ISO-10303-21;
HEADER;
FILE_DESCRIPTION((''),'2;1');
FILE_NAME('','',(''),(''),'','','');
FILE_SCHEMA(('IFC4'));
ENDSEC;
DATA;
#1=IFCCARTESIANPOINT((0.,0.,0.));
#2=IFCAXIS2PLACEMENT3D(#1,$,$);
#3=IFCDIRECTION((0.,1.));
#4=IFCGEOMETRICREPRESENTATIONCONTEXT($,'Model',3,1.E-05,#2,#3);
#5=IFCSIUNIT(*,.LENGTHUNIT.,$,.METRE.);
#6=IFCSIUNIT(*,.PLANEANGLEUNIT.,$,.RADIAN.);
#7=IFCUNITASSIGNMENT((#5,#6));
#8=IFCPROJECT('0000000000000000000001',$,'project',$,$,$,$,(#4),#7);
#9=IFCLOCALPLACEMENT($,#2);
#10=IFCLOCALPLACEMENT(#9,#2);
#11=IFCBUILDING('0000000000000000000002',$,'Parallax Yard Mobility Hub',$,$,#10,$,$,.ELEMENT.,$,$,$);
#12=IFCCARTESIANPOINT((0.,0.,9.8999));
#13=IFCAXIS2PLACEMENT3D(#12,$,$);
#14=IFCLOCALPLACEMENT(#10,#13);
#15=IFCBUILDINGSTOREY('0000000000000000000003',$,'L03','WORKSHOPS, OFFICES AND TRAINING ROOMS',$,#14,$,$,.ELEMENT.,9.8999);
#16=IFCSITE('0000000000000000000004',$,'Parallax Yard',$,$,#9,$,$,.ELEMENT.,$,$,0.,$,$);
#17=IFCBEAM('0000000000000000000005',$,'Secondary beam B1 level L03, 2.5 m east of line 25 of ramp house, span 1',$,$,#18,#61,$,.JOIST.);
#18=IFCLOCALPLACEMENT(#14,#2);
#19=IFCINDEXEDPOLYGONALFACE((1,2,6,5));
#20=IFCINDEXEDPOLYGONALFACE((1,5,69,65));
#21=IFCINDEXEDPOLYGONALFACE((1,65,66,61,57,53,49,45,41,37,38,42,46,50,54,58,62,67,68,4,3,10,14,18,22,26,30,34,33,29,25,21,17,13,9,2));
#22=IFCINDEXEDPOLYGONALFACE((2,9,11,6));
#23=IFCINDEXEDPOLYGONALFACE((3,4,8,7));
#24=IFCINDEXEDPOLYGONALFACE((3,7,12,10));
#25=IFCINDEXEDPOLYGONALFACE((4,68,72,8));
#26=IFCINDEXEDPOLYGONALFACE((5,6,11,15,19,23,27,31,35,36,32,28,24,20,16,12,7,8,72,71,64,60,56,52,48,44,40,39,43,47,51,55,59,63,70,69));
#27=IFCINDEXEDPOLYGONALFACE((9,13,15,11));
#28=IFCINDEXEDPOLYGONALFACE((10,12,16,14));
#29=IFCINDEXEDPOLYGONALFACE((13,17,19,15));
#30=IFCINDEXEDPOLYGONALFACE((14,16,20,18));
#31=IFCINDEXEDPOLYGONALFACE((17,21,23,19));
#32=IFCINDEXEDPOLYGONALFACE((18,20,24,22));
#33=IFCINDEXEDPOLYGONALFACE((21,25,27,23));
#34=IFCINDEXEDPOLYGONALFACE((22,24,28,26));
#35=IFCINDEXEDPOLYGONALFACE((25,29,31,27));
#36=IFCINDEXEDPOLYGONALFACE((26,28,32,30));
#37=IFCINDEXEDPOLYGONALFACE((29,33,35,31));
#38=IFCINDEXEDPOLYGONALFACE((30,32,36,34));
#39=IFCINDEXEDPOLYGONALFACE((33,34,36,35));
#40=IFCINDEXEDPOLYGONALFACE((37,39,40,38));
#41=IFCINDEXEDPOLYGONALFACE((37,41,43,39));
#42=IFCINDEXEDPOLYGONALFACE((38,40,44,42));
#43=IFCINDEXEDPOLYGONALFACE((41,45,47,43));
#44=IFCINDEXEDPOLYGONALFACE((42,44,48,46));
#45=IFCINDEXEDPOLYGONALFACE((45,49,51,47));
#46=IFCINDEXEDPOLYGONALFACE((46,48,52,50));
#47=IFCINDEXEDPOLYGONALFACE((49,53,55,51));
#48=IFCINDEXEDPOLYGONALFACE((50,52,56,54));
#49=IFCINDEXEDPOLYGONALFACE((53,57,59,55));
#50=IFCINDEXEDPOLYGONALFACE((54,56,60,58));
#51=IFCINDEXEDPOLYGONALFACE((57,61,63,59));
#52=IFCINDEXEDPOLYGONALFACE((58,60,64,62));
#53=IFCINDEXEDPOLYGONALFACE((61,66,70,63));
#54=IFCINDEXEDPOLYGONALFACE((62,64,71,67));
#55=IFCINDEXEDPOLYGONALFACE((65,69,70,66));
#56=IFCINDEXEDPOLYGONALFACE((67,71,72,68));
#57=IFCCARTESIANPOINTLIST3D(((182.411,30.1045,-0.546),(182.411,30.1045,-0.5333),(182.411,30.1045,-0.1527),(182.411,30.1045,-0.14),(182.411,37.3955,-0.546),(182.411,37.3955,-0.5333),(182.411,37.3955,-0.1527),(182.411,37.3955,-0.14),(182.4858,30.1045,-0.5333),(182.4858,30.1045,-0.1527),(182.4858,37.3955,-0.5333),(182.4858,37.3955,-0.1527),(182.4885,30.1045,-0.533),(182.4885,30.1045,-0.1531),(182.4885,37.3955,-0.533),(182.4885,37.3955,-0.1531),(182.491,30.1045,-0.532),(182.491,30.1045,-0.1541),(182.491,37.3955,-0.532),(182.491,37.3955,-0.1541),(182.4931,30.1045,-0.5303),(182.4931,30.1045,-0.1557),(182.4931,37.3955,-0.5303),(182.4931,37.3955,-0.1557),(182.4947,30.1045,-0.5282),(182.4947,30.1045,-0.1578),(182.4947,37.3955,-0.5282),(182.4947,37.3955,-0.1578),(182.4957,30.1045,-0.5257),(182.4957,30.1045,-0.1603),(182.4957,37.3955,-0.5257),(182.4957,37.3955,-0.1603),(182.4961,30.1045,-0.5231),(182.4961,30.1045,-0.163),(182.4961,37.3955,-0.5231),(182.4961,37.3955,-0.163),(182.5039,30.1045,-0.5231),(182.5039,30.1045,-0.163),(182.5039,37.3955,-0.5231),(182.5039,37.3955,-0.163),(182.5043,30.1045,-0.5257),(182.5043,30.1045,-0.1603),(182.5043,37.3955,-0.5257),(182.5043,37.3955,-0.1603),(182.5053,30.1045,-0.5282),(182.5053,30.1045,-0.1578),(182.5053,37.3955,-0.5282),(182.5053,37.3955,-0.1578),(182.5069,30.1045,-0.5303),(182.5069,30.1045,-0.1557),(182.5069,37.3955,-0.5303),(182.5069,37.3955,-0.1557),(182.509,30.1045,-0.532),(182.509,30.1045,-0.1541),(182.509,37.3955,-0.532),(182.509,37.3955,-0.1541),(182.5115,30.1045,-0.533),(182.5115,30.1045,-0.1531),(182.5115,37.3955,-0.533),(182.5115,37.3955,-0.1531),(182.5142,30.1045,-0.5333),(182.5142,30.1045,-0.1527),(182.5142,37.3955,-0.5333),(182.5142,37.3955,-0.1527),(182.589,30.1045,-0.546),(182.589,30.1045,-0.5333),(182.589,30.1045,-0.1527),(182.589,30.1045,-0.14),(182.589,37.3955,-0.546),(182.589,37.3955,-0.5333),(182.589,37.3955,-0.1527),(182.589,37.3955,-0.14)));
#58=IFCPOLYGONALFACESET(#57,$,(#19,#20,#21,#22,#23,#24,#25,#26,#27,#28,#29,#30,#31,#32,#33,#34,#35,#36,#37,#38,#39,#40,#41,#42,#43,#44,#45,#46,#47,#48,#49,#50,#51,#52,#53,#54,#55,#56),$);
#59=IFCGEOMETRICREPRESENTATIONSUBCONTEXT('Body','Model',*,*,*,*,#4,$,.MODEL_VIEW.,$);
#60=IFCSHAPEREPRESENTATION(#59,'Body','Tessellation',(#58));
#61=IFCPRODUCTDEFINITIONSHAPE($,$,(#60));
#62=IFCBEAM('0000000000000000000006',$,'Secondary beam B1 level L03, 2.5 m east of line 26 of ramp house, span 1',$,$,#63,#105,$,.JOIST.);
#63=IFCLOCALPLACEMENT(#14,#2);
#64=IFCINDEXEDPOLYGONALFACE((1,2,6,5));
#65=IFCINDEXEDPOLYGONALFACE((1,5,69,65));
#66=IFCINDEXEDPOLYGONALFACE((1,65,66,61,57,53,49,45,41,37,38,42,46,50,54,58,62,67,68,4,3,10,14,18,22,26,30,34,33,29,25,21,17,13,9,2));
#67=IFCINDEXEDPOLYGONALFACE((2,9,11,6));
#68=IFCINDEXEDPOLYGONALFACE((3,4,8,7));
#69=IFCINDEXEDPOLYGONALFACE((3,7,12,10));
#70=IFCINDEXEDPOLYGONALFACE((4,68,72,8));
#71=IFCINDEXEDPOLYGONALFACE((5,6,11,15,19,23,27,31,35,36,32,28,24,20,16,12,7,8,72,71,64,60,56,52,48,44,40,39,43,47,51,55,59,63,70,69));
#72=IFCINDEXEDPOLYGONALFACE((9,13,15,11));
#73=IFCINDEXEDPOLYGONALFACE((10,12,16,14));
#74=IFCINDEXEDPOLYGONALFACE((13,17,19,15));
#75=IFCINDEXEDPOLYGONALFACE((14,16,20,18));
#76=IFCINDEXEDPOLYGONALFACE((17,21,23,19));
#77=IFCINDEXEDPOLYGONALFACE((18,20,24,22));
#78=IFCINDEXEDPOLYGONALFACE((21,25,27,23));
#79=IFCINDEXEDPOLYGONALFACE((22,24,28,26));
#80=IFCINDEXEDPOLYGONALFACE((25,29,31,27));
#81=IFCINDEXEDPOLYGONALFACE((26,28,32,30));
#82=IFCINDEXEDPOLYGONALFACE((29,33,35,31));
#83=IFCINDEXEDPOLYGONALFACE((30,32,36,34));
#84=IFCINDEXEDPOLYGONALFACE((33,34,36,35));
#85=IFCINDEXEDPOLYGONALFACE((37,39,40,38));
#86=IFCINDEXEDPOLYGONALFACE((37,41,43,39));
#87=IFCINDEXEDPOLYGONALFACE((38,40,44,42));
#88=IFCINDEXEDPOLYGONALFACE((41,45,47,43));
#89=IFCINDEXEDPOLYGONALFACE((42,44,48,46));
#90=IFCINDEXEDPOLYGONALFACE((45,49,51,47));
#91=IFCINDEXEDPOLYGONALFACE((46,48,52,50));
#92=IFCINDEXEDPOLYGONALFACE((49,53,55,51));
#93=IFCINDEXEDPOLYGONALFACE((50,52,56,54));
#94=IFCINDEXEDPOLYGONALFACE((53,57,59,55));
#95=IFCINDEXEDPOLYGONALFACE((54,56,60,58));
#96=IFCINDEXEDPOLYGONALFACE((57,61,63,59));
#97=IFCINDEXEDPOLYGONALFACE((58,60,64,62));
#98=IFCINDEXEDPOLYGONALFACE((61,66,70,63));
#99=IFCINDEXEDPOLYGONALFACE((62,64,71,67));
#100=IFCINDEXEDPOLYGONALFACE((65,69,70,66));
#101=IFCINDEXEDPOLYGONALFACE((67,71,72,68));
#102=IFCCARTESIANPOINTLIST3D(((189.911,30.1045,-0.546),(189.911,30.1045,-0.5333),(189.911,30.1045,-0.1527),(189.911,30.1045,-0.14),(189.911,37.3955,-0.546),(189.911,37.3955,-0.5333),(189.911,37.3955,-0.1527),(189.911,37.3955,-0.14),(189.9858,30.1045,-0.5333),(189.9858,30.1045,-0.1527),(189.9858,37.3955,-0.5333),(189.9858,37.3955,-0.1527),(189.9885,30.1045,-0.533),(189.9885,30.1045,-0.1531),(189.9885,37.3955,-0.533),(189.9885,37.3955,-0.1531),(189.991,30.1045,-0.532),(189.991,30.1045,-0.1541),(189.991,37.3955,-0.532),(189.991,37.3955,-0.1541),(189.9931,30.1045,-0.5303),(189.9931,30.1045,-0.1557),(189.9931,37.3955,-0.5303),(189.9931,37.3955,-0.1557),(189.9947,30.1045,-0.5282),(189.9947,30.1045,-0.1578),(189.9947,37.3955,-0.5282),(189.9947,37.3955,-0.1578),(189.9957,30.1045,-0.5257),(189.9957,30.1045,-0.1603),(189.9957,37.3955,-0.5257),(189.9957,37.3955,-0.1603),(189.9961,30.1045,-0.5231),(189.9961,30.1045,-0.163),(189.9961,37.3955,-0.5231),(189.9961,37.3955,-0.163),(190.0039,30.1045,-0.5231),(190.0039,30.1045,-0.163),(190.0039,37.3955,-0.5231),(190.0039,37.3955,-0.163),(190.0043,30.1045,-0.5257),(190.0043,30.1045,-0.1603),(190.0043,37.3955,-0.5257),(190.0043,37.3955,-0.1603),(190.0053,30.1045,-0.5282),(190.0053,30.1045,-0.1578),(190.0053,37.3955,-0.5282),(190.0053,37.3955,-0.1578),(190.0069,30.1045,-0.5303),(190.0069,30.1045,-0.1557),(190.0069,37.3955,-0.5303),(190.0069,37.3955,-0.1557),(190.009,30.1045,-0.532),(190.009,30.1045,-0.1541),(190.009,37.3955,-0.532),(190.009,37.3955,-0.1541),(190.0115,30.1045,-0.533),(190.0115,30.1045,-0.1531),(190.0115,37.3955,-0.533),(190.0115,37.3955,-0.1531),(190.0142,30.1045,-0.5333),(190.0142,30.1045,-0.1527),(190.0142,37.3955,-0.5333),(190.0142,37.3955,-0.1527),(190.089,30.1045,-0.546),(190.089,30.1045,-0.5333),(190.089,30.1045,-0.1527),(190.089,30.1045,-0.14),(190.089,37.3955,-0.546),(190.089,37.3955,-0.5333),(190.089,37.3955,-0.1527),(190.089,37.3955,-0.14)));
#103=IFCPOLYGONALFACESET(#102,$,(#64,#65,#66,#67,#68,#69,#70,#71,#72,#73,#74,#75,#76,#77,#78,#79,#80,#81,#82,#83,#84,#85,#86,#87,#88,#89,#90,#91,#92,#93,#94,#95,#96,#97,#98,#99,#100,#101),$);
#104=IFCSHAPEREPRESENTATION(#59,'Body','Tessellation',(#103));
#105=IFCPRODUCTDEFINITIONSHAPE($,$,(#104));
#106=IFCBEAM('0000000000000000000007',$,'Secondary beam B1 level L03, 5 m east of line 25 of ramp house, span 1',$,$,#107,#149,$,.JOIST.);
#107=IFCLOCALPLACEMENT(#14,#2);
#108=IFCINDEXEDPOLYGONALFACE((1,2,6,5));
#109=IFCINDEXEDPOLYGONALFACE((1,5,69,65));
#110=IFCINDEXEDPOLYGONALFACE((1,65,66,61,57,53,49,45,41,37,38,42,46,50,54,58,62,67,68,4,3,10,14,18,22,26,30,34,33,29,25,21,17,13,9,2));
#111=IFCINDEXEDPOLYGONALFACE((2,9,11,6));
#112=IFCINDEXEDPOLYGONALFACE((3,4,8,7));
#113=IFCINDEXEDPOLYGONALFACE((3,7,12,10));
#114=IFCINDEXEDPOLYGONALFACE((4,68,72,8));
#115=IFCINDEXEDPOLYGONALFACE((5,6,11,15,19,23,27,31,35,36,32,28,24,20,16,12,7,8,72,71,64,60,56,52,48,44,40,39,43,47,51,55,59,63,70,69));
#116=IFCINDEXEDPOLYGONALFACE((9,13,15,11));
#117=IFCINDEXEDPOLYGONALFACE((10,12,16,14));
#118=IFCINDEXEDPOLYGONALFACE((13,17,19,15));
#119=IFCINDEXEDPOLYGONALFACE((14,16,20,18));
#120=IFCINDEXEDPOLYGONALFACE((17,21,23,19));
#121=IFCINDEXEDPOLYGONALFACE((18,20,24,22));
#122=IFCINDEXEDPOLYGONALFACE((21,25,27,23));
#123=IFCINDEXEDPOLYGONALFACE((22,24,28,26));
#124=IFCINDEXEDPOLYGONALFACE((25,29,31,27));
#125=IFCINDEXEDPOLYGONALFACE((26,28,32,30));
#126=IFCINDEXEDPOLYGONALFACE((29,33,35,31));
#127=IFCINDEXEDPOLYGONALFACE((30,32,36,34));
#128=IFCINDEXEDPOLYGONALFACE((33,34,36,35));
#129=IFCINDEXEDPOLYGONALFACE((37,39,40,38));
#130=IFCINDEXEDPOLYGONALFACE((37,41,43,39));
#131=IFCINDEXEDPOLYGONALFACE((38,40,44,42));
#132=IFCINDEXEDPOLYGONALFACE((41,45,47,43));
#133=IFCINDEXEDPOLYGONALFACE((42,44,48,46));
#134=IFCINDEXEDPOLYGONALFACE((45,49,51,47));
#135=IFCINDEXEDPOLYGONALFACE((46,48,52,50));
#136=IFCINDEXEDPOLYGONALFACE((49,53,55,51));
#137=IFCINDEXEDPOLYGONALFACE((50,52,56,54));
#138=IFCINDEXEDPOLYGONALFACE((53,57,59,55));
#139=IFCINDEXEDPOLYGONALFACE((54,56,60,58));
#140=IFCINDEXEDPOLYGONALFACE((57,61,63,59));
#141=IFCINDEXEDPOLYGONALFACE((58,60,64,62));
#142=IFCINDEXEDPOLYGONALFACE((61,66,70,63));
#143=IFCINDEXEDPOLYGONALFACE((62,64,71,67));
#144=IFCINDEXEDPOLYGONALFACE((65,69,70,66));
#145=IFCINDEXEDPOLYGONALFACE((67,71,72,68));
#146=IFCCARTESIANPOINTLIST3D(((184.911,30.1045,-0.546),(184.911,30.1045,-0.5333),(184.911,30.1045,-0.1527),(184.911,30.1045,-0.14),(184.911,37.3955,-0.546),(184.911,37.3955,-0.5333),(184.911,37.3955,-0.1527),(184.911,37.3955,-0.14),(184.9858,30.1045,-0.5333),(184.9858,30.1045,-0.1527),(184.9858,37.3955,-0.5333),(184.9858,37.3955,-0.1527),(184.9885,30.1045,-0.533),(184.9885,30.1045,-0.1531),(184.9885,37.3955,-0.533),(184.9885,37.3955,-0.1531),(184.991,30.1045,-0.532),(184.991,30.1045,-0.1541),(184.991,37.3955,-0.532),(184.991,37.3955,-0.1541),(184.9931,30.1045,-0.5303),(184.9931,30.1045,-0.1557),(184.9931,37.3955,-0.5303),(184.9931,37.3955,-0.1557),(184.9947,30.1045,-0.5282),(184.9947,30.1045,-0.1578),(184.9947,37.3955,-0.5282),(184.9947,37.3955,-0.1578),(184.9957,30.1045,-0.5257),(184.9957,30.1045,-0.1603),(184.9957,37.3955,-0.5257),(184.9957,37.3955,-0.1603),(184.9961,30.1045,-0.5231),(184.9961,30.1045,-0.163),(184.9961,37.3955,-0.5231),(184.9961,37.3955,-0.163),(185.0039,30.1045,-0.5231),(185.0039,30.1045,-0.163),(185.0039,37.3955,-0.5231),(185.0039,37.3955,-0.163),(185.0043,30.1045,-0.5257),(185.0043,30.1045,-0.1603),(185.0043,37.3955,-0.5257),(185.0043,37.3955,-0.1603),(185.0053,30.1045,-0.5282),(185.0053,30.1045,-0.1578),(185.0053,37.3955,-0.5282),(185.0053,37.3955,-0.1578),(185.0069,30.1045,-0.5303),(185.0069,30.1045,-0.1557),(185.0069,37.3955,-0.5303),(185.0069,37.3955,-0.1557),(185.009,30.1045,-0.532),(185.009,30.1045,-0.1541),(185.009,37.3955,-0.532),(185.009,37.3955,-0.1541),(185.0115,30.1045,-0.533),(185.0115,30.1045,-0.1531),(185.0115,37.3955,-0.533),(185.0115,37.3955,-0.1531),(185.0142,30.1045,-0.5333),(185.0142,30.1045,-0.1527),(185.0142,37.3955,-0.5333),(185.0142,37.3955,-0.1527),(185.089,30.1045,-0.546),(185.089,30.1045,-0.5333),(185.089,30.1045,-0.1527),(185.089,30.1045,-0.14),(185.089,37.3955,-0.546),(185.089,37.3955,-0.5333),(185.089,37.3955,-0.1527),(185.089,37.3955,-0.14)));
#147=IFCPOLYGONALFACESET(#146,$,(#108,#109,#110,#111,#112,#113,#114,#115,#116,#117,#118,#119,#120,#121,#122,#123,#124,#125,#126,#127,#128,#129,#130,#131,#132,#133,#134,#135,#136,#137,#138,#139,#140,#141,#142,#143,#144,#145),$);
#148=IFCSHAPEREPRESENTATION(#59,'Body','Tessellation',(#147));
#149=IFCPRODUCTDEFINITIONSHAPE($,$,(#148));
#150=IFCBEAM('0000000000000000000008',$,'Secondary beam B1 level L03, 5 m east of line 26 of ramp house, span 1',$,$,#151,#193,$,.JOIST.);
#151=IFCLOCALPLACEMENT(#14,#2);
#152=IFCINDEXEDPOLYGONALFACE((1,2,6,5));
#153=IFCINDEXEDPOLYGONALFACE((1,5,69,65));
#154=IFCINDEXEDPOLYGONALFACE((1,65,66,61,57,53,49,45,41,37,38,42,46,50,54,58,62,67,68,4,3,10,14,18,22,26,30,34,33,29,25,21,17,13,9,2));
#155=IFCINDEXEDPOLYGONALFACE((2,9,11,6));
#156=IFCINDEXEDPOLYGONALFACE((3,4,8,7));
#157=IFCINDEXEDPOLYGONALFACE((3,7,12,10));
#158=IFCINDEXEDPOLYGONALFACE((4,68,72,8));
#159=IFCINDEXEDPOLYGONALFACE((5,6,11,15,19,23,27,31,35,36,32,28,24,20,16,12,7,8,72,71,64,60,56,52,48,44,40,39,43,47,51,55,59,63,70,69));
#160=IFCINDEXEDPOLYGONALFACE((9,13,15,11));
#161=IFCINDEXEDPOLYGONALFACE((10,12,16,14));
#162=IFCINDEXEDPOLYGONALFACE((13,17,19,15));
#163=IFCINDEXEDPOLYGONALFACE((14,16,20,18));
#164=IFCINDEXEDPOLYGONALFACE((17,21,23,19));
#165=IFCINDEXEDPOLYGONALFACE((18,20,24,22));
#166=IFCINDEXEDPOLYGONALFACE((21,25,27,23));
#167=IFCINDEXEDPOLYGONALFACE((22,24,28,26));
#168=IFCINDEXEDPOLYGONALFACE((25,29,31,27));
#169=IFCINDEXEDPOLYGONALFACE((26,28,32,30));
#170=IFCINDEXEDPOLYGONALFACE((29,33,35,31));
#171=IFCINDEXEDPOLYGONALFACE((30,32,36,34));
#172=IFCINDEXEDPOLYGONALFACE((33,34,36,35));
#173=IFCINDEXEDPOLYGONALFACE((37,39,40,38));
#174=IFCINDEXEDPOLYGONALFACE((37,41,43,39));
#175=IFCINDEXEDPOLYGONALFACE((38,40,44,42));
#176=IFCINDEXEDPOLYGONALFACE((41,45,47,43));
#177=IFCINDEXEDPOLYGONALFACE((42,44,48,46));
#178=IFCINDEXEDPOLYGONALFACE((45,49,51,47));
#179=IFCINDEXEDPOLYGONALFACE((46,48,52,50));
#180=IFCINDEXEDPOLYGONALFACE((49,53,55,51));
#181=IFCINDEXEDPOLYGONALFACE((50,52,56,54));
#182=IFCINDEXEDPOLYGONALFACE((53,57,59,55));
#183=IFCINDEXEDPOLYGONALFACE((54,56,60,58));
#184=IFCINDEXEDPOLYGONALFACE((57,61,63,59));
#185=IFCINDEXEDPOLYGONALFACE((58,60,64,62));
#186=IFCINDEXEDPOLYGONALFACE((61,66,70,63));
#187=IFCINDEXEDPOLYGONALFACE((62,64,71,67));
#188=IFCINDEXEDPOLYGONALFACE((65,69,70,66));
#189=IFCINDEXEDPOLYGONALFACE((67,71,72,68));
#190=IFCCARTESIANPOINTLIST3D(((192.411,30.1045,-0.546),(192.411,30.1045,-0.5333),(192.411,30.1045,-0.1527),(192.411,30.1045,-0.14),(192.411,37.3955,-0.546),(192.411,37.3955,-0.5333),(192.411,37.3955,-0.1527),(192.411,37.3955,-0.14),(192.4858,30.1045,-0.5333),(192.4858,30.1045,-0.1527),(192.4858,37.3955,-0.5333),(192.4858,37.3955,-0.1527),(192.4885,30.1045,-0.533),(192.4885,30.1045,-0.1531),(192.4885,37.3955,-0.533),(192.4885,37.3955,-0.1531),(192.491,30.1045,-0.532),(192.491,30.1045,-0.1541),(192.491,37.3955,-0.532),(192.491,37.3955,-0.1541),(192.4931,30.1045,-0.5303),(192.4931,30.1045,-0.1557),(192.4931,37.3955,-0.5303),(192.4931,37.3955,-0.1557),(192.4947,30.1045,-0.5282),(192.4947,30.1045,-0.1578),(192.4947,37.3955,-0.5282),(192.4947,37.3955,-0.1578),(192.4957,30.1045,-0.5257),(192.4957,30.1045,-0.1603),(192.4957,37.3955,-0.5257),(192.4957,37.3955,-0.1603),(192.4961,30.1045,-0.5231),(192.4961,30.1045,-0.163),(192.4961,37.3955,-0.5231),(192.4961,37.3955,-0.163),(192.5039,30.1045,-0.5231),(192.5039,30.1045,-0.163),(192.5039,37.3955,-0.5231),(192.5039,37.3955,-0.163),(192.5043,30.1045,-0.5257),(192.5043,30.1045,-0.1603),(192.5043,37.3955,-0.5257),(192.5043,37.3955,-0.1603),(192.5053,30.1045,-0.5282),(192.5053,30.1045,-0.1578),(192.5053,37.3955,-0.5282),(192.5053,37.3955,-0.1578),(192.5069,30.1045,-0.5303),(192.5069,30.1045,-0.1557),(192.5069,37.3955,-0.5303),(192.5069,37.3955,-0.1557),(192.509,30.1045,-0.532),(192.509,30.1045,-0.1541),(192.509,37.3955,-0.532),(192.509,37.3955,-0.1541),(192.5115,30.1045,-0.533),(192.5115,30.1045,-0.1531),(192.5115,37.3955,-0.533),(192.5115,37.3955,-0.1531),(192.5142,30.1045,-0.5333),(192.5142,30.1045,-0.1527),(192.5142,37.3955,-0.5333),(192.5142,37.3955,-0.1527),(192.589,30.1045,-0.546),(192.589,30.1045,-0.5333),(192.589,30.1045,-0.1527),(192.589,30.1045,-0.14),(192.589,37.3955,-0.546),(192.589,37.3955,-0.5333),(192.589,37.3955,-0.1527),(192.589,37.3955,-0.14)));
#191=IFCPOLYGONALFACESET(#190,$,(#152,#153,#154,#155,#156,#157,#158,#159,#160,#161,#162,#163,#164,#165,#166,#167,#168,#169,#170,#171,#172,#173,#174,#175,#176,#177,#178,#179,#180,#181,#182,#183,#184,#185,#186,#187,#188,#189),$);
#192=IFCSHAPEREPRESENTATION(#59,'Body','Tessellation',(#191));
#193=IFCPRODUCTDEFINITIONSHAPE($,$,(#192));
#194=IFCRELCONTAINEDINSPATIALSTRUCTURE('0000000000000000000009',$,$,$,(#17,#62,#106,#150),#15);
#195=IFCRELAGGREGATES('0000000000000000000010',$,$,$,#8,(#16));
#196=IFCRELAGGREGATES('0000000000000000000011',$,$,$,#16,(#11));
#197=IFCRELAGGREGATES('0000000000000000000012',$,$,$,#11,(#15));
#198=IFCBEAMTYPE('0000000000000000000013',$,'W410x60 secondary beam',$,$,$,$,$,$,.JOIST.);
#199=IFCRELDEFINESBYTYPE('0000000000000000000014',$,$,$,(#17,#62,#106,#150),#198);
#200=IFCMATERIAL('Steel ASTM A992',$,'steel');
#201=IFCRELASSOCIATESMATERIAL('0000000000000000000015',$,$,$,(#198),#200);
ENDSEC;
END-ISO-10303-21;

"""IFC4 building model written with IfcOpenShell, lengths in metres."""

from ifc_helpers import new_model, si_unit, direction, frame, origin, origin_2d, place, context, subcontext, project, spatial, i_section, extrude, material, material_profile, profile_set, type_object, element, save


model = new_model("IFC4")

# Units and contexts
model_context = context("Model", 3, precision=1e-05, world=origin(), true_north=direction((0.0, 1.0)))
body_context = subcontext(model_context, "Body", "Model", "MODEL_VIEW")
ifc_project = project(units=[si_unit("LENGTHUNIT", "METRE"), si_unit("PLANEANGLEUNIT", "RADIAN")], contexts=[model_context])

# Site, building, storey
site_placement = place(None, origin())
site = spatial("IfcSite", under=ifc_project, at=site_placement, Name="Parallax Yard", CompositionType="ELEMENT", RefElevation=0.0)
building_placement = place(site_placement, origin())
building = spatial("IfcBuilding", under=site, at=building_placement, Name="Parallax Yard Mobility Hub", CompositionType="ELEMENT")
storey_placement = place(building_placement, frame((0.0, 0.0, 9.8999)))
storey = spatial("IfcBuildingStorey", under=building, at=storey_placement, Name="L03", Description="WORKSHOPS, OFFICES AND TRAINING ROOMS", CompositionType="ELEMENT", Elevation=9.8999)

# Shared definitions
ifc_material_1 = material(Name="Steel ASTM A992", Category="steel")

# Beams
ifc_material_profile_1 = material_profile(ifc_material_1, i_section(OverallWidth=0.178, OverallDepth=0.406, WebThickness=0.0078, FlangeThickness=0.0127, FilletRadius=0.0103, at=origin_2d()), Name="W410x60")
ifc_profile_set_1 = profile_set([ifc_material_profile_1], Name="Steel ASTM A992")
beam_type_1 = type_object("IfcBeamType", Name="W410x60 secondary beam", PredefinedType="JOIST", material=ifc_profile_set_1)
for number, where, z_axis, x_axis, name in (
    (1, (182.5, 30.1045, -0.343), (0.0, 1.0, 0.0), (-1.0, 0.0, 0.0), "Secondary beam B1 level L03, 2.5 m east of line 25 of ramp house, span 1"),
    (2, (190.0, 30.1045, -0.343), (0.0, 1.0, 0.0), (-1.0, 0.0, 0.0), "Secondary beam B1 level L03, 2.5 m east of line 26 of ramp house, span 1"),
    (3, (185.0, 30.1045, -0.343), (0.0, 1.0, 0.0), (-1.0, 0.0, 0.0), "Secondary beam B1 level L03, 5 m east of line 25 of ramp house, span 1"),
    (4, (192.5, 30.1045, -0.343), (0.0, 1.0, 0.0), (-1.0, 0.0, 0.0), "Secondary beam B1 level L03, 5 m east of line 26 of ramp house, span 1"),
):
    element("IfcBeam", number, at=place(storey_placement, frame(where, z_axis=z_axis, x_axis=x_axis)), inside=storey, type_object=beam_type_1, Name=name, PredefinedType="JOIST", context=body_context, shape_type="SweptSolid", body=[
        extrude(i_section(OverallWidth=0.178, OverallDepth=0.406, WebThickness=0.0078, FlangeThickness=0.0127, FilletRadius=0.0103, at=origin_2d()), origin(), (0.0, 0.0, 1.0), 7.291),
    ])

save(model, "model.ifc")
